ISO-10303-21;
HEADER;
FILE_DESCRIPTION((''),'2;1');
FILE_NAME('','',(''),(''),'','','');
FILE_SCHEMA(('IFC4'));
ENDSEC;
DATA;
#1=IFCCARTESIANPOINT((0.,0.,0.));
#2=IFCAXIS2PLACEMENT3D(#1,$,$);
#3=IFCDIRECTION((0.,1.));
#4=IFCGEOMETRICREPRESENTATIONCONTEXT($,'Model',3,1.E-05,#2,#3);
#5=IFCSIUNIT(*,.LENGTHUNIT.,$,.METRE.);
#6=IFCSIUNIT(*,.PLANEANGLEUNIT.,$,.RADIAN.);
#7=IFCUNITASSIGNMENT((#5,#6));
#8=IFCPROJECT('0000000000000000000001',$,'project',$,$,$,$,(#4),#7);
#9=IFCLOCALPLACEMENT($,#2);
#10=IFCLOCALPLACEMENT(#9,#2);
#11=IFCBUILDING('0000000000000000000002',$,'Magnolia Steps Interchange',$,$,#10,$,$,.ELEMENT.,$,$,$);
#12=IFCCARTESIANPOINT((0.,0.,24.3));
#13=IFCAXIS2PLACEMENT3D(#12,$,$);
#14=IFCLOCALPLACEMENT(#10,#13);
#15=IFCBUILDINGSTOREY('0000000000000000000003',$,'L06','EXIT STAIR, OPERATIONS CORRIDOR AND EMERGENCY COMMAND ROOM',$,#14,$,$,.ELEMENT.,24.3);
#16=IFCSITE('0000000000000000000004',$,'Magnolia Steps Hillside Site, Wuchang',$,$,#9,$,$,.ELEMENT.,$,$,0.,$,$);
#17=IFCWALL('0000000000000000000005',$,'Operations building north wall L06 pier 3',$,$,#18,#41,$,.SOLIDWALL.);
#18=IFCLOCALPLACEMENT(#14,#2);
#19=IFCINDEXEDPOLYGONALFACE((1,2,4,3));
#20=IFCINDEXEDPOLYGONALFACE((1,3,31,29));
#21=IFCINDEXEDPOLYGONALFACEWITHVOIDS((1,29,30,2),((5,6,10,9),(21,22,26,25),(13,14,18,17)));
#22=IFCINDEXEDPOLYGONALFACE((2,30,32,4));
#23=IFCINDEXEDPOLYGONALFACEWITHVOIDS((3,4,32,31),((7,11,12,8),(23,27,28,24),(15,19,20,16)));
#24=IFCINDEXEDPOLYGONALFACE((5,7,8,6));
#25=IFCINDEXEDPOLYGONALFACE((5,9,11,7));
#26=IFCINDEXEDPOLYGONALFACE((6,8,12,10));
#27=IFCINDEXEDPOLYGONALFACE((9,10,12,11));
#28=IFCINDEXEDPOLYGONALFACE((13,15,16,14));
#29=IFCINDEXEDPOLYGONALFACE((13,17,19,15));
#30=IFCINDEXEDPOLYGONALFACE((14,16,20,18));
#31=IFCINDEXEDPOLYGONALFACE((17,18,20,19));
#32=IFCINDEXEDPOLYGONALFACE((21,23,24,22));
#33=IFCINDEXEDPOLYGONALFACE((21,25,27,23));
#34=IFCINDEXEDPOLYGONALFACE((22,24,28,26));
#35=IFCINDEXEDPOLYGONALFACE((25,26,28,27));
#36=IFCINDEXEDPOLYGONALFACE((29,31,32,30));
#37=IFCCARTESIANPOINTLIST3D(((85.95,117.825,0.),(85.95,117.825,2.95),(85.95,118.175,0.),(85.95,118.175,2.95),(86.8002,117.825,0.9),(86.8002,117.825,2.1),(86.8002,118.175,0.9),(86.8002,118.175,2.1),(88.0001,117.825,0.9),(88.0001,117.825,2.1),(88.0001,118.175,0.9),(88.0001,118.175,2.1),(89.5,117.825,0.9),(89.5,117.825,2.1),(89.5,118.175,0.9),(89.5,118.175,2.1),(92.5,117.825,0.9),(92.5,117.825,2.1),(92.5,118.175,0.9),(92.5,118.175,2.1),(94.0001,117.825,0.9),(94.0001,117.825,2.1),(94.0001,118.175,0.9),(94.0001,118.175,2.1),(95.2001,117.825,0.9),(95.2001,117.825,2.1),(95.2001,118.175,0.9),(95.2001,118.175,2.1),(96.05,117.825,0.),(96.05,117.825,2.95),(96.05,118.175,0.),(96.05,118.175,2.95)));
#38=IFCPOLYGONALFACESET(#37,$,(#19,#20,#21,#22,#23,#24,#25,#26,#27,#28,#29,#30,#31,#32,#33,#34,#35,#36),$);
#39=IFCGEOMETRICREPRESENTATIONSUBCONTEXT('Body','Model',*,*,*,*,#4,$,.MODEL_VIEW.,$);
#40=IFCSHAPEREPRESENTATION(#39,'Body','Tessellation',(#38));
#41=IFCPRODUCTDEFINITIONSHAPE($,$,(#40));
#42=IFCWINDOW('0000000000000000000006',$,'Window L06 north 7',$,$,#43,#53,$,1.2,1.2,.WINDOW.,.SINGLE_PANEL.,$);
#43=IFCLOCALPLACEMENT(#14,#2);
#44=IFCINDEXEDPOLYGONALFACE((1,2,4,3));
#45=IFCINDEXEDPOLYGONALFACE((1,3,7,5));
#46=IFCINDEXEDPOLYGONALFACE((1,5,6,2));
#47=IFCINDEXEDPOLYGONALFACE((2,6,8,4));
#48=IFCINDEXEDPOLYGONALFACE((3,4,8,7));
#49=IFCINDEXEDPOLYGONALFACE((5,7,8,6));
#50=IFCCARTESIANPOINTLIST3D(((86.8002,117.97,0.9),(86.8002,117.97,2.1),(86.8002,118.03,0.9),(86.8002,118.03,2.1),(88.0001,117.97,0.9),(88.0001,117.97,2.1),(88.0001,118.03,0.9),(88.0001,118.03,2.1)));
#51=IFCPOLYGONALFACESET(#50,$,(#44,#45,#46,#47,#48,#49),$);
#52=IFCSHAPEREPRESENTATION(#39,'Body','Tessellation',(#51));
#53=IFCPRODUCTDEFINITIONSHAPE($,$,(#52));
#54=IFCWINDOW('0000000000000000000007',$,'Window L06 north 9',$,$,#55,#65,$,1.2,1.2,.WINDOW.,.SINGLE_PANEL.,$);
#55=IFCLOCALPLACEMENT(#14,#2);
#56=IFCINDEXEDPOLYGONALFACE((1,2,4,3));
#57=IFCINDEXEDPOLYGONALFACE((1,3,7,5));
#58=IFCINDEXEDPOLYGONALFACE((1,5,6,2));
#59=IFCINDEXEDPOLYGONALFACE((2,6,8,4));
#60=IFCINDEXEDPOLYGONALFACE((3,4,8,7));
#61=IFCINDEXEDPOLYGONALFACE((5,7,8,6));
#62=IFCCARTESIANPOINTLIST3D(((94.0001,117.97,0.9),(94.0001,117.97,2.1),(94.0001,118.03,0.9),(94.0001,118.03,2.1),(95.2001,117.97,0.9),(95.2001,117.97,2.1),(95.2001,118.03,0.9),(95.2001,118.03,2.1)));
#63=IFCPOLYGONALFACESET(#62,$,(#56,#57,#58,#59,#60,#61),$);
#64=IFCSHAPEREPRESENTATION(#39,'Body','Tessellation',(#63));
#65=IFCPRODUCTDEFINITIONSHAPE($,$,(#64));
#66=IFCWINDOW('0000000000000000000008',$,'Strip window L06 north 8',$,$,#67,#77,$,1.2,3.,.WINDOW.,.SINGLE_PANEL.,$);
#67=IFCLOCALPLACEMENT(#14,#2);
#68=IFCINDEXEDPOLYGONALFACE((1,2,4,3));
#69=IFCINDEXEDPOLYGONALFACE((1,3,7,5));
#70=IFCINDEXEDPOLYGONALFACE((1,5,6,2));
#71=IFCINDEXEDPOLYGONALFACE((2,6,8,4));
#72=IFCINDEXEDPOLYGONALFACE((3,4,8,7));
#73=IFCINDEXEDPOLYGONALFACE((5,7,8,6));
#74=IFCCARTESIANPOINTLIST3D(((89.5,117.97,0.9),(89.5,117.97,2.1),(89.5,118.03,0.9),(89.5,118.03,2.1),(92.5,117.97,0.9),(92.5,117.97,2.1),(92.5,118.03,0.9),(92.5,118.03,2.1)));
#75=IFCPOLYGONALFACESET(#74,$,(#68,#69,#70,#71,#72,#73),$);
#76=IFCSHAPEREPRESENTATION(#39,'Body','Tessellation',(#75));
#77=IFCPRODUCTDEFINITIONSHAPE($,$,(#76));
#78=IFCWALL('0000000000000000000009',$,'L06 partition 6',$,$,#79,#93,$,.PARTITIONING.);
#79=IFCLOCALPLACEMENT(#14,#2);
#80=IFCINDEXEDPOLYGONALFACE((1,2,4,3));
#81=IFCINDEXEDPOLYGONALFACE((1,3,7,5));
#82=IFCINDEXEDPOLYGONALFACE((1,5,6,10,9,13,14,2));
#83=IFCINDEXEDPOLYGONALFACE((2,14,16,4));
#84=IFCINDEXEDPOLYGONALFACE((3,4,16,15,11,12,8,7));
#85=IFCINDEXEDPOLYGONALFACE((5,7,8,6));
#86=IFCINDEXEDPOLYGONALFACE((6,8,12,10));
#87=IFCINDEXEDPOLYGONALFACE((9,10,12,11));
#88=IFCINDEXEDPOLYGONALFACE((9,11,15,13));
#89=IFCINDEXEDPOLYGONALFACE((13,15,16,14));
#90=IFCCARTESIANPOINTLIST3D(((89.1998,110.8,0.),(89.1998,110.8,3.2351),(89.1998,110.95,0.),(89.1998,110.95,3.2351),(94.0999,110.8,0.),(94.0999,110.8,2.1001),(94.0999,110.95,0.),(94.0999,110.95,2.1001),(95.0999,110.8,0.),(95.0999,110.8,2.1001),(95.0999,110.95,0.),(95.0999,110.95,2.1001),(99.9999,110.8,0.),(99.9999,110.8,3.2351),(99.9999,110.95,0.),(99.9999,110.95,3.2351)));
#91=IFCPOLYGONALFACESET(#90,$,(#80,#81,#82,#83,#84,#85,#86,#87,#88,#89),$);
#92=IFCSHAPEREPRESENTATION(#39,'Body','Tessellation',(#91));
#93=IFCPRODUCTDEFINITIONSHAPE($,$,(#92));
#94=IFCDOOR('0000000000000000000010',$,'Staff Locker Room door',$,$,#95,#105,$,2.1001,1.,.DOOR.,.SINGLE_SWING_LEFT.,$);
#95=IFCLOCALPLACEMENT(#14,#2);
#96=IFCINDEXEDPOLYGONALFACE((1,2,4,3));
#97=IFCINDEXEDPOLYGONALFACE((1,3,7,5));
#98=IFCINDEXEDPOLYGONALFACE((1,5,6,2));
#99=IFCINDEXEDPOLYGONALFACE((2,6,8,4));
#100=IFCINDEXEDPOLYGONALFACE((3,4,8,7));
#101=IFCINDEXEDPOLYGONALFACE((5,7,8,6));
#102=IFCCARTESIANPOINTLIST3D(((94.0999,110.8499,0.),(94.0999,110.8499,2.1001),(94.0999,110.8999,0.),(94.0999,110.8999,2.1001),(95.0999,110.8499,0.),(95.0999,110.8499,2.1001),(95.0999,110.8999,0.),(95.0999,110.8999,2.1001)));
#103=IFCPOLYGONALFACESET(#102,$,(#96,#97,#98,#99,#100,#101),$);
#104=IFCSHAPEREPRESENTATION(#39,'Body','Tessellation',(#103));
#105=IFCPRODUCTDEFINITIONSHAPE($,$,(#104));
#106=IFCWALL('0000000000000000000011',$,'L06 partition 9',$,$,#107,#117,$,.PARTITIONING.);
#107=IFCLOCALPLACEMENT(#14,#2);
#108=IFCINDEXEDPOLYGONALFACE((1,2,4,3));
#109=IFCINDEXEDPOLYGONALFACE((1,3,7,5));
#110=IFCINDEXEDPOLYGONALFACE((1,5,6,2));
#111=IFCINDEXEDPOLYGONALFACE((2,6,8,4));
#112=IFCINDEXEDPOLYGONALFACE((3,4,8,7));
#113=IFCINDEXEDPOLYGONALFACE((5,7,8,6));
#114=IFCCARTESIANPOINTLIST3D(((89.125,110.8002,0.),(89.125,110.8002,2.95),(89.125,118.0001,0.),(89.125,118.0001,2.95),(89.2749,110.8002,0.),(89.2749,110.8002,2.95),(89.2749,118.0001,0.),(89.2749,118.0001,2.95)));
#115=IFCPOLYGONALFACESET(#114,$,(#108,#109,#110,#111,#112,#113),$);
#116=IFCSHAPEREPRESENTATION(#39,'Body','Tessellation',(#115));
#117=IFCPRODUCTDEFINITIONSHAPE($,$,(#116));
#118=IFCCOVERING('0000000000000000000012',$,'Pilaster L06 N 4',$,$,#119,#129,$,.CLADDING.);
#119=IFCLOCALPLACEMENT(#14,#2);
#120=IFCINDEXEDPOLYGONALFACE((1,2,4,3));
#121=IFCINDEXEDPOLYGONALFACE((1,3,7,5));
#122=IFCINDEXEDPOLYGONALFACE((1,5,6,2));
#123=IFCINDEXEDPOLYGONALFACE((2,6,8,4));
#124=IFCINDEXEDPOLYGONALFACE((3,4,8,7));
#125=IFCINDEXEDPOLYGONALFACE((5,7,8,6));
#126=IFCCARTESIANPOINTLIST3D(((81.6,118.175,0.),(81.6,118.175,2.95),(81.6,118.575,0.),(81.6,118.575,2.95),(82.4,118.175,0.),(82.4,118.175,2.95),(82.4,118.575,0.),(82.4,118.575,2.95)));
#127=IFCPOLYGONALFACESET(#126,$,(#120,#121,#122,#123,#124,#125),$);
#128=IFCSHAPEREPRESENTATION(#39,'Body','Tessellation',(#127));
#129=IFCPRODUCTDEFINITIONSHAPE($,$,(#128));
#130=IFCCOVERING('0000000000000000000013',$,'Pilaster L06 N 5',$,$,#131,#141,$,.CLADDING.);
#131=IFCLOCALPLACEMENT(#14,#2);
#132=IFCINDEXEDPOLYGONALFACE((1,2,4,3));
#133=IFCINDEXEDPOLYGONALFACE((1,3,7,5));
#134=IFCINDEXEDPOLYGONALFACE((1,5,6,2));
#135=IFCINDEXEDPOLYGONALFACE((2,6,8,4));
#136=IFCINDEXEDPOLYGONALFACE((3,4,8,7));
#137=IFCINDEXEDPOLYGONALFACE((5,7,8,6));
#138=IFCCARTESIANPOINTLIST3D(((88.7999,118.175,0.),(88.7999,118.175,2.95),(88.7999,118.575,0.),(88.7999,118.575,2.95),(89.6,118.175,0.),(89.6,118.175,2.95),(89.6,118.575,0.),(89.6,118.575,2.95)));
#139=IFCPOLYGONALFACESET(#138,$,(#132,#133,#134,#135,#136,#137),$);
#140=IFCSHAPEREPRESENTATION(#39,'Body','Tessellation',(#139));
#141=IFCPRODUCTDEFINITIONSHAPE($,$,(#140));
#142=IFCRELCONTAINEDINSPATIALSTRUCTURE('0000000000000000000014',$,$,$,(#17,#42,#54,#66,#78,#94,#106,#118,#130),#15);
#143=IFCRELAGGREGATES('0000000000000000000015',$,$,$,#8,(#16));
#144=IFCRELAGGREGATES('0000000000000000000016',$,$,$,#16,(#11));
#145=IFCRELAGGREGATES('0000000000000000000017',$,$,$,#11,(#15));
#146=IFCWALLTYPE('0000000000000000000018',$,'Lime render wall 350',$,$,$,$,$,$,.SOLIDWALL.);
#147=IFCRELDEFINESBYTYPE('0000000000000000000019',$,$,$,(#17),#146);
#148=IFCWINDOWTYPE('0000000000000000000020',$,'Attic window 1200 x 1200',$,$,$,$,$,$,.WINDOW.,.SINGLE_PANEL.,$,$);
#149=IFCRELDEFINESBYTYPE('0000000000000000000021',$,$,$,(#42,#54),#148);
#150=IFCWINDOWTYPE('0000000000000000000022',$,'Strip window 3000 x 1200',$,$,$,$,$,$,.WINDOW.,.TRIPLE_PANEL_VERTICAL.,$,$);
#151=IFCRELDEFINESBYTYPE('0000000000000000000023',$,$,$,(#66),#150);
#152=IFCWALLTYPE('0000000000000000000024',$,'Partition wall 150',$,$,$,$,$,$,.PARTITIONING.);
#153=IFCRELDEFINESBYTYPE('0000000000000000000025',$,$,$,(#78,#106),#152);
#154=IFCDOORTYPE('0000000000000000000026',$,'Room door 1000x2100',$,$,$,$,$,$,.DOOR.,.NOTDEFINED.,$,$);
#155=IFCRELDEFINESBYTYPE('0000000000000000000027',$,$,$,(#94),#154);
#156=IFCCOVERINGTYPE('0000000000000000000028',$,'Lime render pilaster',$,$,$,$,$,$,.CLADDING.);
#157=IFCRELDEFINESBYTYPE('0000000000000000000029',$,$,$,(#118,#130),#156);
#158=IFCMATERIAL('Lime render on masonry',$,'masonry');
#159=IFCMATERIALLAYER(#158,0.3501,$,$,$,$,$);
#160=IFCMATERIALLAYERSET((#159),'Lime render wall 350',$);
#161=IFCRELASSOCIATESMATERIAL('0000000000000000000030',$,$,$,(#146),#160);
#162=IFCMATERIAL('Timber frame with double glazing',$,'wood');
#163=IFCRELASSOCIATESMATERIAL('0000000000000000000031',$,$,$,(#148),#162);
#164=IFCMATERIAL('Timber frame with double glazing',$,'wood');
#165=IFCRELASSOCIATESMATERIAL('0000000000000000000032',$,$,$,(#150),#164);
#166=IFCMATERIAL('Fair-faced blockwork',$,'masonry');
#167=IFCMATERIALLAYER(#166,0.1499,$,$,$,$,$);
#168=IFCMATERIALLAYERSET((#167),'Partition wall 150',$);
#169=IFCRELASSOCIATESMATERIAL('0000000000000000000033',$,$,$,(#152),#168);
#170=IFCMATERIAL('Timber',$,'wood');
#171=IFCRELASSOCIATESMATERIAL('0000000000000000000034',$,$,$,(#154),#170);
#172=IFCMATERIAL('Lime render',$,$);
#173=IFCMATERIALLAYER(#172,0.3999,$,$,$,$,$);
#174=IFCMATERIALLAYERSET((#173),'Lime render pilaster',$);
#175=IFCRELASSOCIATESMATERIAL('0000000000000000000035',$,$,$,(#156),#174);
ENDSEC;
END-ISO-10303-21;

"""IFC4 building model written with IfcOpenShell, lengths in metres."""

from ifc_helpers import new_model, si_unit, direction, frame, frame_2d, origin, origin_2d, place, context, subcontext, project, spatial, rectangle, extrude, material, layer, layer_set, type_object, element, fill, save


model = new_model("IFC4")

# Units and contexts
model_context = context("Model", 3, precision=1e-05, world=origin(), true_north=direction((0.0, 1.0)))
body_context = subcontext(model_context, "Body", "Model", "MODEL_VIEW")
ifc_project = project(units=[si_unit("LENGTHUNIT", "METRE"), si_unit("PLANEANGLEUNIT", "RADIAN")], contexts=[model_context])

# Site, building, storey
site_placement = place(None, origin())
site = spatial("IfcSite", under=ifc_project, at=site_placement, Name="Magnolia Steps Hillside Site, Wuchang", CompositionType="ELEMENT", RefElevation=0.0)
building_placement = place(site_placement, origin())
building = spatial("IfcBuilding", under=site, at=building_placement, Name="Magnolia Steps Interchange", CompositionType="ELEMENT")
storey_placement = place(building_placement, frame((0.0, 0.0, 24.3)))
storey = spatial("IfcBuildingStorey", under=building, at=storey_placement, Name="L06", Description="EXIT STAIR, OPERATIONS CORRIDOR AND EMERGENCY COMMAND ROOM", CompositionType="ELEMENT", Elevation=24.3)

# Shared definitions
ifc_material_1 = material(Name="Lime render on masonry", Category="masonry")
ifc_layer_1 = layer(ifc_material_1, 0.3501)
ifc_layer_set_1 = layer_set([ifc_layer_1], Name="Lime render wall 350")
wall_type_1 = type_object("IfcWallType", Name="Lime render wall 350", PredefinedType="SOLIDWALL", material=ifc_layer_set_1)
ifc_material_2 = material(Name="Timber frame with double glazing", Category="wood")
window_type_1 = type_object("IfcWindowType", Name="Attic window 1200 x 1200", PartitioningType="SINGLE_PANEL", PredefinedType="WINDOW", material=ifc_material_2)

# Wall, openings, windows
wall_1_placement = place(storey_placement, frame((85.95, 118.0, 0.0), z_axis=(0.0, 0.0, 1.0), x_axis=(1.0, 0.0, 0.0)))
wall_1 = element("IfcWall", 1, at=wall_1_placement, inside=storey, type_object=wall_type_1, Name="Operations building north wall L06 pier 3", PredefinedType="SOLIDWALL", context=body_context, shape_type="SweptSolid", body=[
    extrude(rectangle(XDim=10.1001, YDim=0.3501, at=frame_2d((5.05, 0.0))), origin(), (0.0, 0.0, 1.0), 2.95),
])
opening_1_placement = place(wall_1_placement, frame((0.8501, 0.0, 0.8999)))
opening_1 = element("IfcOpeningElement", 2, at=opening_1_placement, cuts=wall_1, PredefinedType="OPENING", context=body_context, shape_type="SweptSolid", body=[
    extrude(rectangle(XDim=1.2, YDim=1.2, at=frame_2d((0.6001, 0.6001))), frame((0.0, 0.1851, 0.0), z_axis=(0.0, -1.0, 0.0), x_axis=(1.0, 0.0, 0.0)), (0.0, 0.0, 1.0), 0.3701),
])
opening_2_placement = place(wall_1_placement, frame((3.55, 0.0, 0.8999)))
opening_2 = element("IfcOpeningElement", 3, at=opening_2_placement, cuts=wall_1, PredefinedType="OPENING", context=body_context, shape_type="SweptSolid", body=[
    extrude(rectangle(XDim=3.0, YDim=1.2, at=frame_2d((1.5, 0.6001))), frame((0.0, 0.1851, 0.0), z_axis=(0.0, -1.0, 0.0), x_axis=(1.0, 0.0, 0.0)), (0.0, 0.0, 1.0), 0.3701),
])
opening_3_placement = place(wall_1_placement, frame((8.05, 0.0, 0.8999)))
opening_3 = element("IfcOpeningElement", 4, at=opening_3_placement, cuts=wall_1, PredefinedType="OPENING", context=body_context, shape_type="SweptSolid", body=[
    extrude(rectangle(XDim=1.2, YDim=1.2, at=frame_2d((0.6001, 0.6001))), frame((0.0, 0.1851, 0.0), z_axis=(0.0, -1.0, 0.0), x_axis=(1.0, 0.0, 0.0)), (0.0, 0.0, 1.0), 0.3701),
])
window_1_placement = place(opening_1_placement, origin())
window_1 = element("IfcWindow", 5, at=window_1_placement, inside=storey, type_object=window_type_1, Name="Window L06 north 7", OverallHeight=1.2, OverallWidth=1.2, PartitioningType="SINGLE_PANEL", PredefinedType="WINDOW", context=body_context, shape_type="SweptSolid", body=[
    extrude(rectangle(XDim=1.2, YDim=1.2, at=frame_2d((0.6001, 0.6001))), frame((0.0, 0.03, 0.0), z_axis=(0.0, -1.0, 0.0), x_axis=(1.0, 0.0, 0.0)), (0.0, 0.0, 1.0), 0.0601),
])
fill(opening_1, window_1)
window_2_placement = place(opening_3_placement, origin())
window_2 = element("IfcWindow", 6, at=window_2_placement, inside=storey, type_object=window_type_1, Name="Window L06 north 9", OverallHeight=1.2, OverallWidth=1.2, PartitioningType="SINGLE_PANEL", PredefinedType="WINDOW", context=body_context, shape_type="SweptSolid", body=[
    extrude(rectangle(XDim=1.2, YDim=1.2, at=frame_2d((0.6001, 0.6001))), frame((0.0, 0.03, 0.0), z_axis=(0.0, -1.0, 0.0), x_axis=(1.0, 0.0, 0.0)), (0.0, 0.0, 1.0), 0.0601),
])
fill(opening_3, window_2)
ifc_material_3 = material(Name="Timber frame with double glazing", Category="wood")
window_type_2 = type_object("IfcWindowType", Name="Strip window 3000 x 1200", PartitioningType="TRIPLE_PANEL_VERTICAL", PredefinedType="WINDOW", material=ifc_material_3)
window_3_placement = place(opening_2_placement, origin())
window_3 = element("IfcWindow", 7, at=window_3_placement, inside=storey, type_object=window_type_2, Name="Strip window L06 north 8", OverallHeight=1.2, OverallWidth=3.0, PartitioningType="SINGLE_PANEL", PredefinedType="WINDOW", context=body_context, shape_type="SweptSolid", body=[
    extrude(rectangle(XDim=3.0, YDim=1.2, at=frame_2d((1.5, 0.6001))), frame((0.0, 0.03, 0.0), z_axis=(0.0, -1.0, 0.0), x_axis=(1.0, 0.0, 0.0)), (0.0, 0.0, 1.0), 0.0601),
])
fill(opening_2, window_3)

# Wall, opening, door
ifc_material_4 = material(Name="Fair-faced blockwork", Category="masonry")
ifc_layer_2 = layer(ifc_material_4, 0.1499)
ifc_layer_set_2 = layer_set([ifc_layer_2], Name="Partition wall 150")
wall_type_2 = type_object("IfcWallType", Name="Partition wall 150", PredefinedType="PARTITIONING", material=ifc_layer_set_2)
wall_2_placement = place(storey_placement, frame((89.2, 110.875, 0.0), z_axis=(0.0, 0.0, 1.0), x_axis=(1.0, 0.0, 0.0)))
wall_2 = element("IfcWall", 8, at=wall_2_placement, inside=storey, type_object=wall_type_2, Name="L06 partition 6", PredefinedType="PARTITIONING", context=body_context, shape_type="SweptSolid", body=[
    extrude(rectangle(XDim=10.8, YDim=0.1499, at=frame_2d((5.3999, 0.0))), origin(), (0.0, 0.0, 1.0), 3.2351),
])
opening_4_placement = place(wall_2_placement, frame((4.8999, 0.0, 0.0)))
opening_4 = element("IfcOpeningElement", 9, at=opening_4_placement, cuts=wall_2, PredefinedType="OPENING", context=body_context, shape_type="SweptSolid", body=[
    extrude(rectangle(XDim=1.0, YDim=2.1001, at=frame_2d((0.5, 1.05))), frame((0.0, 0.085, 0.0), z_axis=(0.0, -1.0, 0.0), x_axis=(1.0, 0.0, 0.0)), (0.0, 0.0, 1.0), 0.1699),
])
ifc_material_5 = material(Name="Timber", Category="wood")
door_type = type_object("IfcDoorType", Name="Room door 1000x2100", OperationType="NOTDEFINED", PredefinedType="DOOR", material=ifc_material_5)
door_placement = place(opening_4_placement, origin())
door = element("IfcDoor", 10, at=door_placement, inside=storey, type_object=door_type, Name="Staff Locker Room door", OperationType="SINGLE_SWING_LEFT", OverallHeight=2.1001, OverallWidth=1.0, PredefinedType="DOOR", context=body_context, shape_type="SweptSolid", body=[
    extrude(rectangle(XDim=1.0, YDim=2.1001, at=frame_2d((0.5, 1.05))), frame((0.0, 0.0249, 0.0), z_axis=(0.0, -1.0, 0.0), x_axis=(1.0, 0.0, 0.0)), (0.0, 0.0, 1.0), 0.05),
])
fill(opening_4, door)

# Wall
wall_3_placement = place(storey_placement, frame((89.2, 110.8, 0.0), z_axis=(0.0, 0.0, 1.0), x_axis=(0.0, 1.0, 0.0)))
element("IfcWall", 11, at=wall_3_placement, inside=storey, type_object=wall_type_2, Name="L06 partition 9", PredefinedType="PARTITIONING", context=body_context, shape_type="SweptSolid", body=[
    extrude(rectangle(XDim=7.2, YDim=0.1499, at=frame_2d((3.6001, 0.0))), origin(), (0.0, 0.0, 1.0), 2.95),
])

# Coverings
ifc_material_6 = material(Name="Lime render")
ifc_layer_3 = layer(ifc_material_6, 0.3999)
ifc_layer_set_3 = layer_set([ifc_layer_3], Name="Lime render pilaster")
covering_type_1 = type_object("IfcCoveringType", Name="Lime render pilaster", PredefinedType="CLADDING", material=ifc_layer_set_3)
for number, where, z_axis, x_axis, name in (
    (12, (82.0, 118.375, 0.0), (0.0, 0.0, 1.0), (1.0, 0.0, 0.0), "Pilaster L06 N 4"),
    (13, (89.2, 118.375, 0.0), (0.0, 0.0, 1.0), (1.0, 0.0, 0.0), "Pilaster L06 N 5"),
):
    element("IfcCovering", number, at=place(storey_placement, frame(where, z_axis=z_axis, x_axis=x_axis)), inside=storey, type_object=covering_type_1, Name=name, PredefinedType="CLADDING", context=body_context, shape_type="SweptSolid", body=[
        extrude(rectangle(XDim=0.8, YDim=0.3999, at=origin_2d()), origin(), (0.0, 0.0, 1.0), 2.95),
    ])

save(model, "model.ifc")
